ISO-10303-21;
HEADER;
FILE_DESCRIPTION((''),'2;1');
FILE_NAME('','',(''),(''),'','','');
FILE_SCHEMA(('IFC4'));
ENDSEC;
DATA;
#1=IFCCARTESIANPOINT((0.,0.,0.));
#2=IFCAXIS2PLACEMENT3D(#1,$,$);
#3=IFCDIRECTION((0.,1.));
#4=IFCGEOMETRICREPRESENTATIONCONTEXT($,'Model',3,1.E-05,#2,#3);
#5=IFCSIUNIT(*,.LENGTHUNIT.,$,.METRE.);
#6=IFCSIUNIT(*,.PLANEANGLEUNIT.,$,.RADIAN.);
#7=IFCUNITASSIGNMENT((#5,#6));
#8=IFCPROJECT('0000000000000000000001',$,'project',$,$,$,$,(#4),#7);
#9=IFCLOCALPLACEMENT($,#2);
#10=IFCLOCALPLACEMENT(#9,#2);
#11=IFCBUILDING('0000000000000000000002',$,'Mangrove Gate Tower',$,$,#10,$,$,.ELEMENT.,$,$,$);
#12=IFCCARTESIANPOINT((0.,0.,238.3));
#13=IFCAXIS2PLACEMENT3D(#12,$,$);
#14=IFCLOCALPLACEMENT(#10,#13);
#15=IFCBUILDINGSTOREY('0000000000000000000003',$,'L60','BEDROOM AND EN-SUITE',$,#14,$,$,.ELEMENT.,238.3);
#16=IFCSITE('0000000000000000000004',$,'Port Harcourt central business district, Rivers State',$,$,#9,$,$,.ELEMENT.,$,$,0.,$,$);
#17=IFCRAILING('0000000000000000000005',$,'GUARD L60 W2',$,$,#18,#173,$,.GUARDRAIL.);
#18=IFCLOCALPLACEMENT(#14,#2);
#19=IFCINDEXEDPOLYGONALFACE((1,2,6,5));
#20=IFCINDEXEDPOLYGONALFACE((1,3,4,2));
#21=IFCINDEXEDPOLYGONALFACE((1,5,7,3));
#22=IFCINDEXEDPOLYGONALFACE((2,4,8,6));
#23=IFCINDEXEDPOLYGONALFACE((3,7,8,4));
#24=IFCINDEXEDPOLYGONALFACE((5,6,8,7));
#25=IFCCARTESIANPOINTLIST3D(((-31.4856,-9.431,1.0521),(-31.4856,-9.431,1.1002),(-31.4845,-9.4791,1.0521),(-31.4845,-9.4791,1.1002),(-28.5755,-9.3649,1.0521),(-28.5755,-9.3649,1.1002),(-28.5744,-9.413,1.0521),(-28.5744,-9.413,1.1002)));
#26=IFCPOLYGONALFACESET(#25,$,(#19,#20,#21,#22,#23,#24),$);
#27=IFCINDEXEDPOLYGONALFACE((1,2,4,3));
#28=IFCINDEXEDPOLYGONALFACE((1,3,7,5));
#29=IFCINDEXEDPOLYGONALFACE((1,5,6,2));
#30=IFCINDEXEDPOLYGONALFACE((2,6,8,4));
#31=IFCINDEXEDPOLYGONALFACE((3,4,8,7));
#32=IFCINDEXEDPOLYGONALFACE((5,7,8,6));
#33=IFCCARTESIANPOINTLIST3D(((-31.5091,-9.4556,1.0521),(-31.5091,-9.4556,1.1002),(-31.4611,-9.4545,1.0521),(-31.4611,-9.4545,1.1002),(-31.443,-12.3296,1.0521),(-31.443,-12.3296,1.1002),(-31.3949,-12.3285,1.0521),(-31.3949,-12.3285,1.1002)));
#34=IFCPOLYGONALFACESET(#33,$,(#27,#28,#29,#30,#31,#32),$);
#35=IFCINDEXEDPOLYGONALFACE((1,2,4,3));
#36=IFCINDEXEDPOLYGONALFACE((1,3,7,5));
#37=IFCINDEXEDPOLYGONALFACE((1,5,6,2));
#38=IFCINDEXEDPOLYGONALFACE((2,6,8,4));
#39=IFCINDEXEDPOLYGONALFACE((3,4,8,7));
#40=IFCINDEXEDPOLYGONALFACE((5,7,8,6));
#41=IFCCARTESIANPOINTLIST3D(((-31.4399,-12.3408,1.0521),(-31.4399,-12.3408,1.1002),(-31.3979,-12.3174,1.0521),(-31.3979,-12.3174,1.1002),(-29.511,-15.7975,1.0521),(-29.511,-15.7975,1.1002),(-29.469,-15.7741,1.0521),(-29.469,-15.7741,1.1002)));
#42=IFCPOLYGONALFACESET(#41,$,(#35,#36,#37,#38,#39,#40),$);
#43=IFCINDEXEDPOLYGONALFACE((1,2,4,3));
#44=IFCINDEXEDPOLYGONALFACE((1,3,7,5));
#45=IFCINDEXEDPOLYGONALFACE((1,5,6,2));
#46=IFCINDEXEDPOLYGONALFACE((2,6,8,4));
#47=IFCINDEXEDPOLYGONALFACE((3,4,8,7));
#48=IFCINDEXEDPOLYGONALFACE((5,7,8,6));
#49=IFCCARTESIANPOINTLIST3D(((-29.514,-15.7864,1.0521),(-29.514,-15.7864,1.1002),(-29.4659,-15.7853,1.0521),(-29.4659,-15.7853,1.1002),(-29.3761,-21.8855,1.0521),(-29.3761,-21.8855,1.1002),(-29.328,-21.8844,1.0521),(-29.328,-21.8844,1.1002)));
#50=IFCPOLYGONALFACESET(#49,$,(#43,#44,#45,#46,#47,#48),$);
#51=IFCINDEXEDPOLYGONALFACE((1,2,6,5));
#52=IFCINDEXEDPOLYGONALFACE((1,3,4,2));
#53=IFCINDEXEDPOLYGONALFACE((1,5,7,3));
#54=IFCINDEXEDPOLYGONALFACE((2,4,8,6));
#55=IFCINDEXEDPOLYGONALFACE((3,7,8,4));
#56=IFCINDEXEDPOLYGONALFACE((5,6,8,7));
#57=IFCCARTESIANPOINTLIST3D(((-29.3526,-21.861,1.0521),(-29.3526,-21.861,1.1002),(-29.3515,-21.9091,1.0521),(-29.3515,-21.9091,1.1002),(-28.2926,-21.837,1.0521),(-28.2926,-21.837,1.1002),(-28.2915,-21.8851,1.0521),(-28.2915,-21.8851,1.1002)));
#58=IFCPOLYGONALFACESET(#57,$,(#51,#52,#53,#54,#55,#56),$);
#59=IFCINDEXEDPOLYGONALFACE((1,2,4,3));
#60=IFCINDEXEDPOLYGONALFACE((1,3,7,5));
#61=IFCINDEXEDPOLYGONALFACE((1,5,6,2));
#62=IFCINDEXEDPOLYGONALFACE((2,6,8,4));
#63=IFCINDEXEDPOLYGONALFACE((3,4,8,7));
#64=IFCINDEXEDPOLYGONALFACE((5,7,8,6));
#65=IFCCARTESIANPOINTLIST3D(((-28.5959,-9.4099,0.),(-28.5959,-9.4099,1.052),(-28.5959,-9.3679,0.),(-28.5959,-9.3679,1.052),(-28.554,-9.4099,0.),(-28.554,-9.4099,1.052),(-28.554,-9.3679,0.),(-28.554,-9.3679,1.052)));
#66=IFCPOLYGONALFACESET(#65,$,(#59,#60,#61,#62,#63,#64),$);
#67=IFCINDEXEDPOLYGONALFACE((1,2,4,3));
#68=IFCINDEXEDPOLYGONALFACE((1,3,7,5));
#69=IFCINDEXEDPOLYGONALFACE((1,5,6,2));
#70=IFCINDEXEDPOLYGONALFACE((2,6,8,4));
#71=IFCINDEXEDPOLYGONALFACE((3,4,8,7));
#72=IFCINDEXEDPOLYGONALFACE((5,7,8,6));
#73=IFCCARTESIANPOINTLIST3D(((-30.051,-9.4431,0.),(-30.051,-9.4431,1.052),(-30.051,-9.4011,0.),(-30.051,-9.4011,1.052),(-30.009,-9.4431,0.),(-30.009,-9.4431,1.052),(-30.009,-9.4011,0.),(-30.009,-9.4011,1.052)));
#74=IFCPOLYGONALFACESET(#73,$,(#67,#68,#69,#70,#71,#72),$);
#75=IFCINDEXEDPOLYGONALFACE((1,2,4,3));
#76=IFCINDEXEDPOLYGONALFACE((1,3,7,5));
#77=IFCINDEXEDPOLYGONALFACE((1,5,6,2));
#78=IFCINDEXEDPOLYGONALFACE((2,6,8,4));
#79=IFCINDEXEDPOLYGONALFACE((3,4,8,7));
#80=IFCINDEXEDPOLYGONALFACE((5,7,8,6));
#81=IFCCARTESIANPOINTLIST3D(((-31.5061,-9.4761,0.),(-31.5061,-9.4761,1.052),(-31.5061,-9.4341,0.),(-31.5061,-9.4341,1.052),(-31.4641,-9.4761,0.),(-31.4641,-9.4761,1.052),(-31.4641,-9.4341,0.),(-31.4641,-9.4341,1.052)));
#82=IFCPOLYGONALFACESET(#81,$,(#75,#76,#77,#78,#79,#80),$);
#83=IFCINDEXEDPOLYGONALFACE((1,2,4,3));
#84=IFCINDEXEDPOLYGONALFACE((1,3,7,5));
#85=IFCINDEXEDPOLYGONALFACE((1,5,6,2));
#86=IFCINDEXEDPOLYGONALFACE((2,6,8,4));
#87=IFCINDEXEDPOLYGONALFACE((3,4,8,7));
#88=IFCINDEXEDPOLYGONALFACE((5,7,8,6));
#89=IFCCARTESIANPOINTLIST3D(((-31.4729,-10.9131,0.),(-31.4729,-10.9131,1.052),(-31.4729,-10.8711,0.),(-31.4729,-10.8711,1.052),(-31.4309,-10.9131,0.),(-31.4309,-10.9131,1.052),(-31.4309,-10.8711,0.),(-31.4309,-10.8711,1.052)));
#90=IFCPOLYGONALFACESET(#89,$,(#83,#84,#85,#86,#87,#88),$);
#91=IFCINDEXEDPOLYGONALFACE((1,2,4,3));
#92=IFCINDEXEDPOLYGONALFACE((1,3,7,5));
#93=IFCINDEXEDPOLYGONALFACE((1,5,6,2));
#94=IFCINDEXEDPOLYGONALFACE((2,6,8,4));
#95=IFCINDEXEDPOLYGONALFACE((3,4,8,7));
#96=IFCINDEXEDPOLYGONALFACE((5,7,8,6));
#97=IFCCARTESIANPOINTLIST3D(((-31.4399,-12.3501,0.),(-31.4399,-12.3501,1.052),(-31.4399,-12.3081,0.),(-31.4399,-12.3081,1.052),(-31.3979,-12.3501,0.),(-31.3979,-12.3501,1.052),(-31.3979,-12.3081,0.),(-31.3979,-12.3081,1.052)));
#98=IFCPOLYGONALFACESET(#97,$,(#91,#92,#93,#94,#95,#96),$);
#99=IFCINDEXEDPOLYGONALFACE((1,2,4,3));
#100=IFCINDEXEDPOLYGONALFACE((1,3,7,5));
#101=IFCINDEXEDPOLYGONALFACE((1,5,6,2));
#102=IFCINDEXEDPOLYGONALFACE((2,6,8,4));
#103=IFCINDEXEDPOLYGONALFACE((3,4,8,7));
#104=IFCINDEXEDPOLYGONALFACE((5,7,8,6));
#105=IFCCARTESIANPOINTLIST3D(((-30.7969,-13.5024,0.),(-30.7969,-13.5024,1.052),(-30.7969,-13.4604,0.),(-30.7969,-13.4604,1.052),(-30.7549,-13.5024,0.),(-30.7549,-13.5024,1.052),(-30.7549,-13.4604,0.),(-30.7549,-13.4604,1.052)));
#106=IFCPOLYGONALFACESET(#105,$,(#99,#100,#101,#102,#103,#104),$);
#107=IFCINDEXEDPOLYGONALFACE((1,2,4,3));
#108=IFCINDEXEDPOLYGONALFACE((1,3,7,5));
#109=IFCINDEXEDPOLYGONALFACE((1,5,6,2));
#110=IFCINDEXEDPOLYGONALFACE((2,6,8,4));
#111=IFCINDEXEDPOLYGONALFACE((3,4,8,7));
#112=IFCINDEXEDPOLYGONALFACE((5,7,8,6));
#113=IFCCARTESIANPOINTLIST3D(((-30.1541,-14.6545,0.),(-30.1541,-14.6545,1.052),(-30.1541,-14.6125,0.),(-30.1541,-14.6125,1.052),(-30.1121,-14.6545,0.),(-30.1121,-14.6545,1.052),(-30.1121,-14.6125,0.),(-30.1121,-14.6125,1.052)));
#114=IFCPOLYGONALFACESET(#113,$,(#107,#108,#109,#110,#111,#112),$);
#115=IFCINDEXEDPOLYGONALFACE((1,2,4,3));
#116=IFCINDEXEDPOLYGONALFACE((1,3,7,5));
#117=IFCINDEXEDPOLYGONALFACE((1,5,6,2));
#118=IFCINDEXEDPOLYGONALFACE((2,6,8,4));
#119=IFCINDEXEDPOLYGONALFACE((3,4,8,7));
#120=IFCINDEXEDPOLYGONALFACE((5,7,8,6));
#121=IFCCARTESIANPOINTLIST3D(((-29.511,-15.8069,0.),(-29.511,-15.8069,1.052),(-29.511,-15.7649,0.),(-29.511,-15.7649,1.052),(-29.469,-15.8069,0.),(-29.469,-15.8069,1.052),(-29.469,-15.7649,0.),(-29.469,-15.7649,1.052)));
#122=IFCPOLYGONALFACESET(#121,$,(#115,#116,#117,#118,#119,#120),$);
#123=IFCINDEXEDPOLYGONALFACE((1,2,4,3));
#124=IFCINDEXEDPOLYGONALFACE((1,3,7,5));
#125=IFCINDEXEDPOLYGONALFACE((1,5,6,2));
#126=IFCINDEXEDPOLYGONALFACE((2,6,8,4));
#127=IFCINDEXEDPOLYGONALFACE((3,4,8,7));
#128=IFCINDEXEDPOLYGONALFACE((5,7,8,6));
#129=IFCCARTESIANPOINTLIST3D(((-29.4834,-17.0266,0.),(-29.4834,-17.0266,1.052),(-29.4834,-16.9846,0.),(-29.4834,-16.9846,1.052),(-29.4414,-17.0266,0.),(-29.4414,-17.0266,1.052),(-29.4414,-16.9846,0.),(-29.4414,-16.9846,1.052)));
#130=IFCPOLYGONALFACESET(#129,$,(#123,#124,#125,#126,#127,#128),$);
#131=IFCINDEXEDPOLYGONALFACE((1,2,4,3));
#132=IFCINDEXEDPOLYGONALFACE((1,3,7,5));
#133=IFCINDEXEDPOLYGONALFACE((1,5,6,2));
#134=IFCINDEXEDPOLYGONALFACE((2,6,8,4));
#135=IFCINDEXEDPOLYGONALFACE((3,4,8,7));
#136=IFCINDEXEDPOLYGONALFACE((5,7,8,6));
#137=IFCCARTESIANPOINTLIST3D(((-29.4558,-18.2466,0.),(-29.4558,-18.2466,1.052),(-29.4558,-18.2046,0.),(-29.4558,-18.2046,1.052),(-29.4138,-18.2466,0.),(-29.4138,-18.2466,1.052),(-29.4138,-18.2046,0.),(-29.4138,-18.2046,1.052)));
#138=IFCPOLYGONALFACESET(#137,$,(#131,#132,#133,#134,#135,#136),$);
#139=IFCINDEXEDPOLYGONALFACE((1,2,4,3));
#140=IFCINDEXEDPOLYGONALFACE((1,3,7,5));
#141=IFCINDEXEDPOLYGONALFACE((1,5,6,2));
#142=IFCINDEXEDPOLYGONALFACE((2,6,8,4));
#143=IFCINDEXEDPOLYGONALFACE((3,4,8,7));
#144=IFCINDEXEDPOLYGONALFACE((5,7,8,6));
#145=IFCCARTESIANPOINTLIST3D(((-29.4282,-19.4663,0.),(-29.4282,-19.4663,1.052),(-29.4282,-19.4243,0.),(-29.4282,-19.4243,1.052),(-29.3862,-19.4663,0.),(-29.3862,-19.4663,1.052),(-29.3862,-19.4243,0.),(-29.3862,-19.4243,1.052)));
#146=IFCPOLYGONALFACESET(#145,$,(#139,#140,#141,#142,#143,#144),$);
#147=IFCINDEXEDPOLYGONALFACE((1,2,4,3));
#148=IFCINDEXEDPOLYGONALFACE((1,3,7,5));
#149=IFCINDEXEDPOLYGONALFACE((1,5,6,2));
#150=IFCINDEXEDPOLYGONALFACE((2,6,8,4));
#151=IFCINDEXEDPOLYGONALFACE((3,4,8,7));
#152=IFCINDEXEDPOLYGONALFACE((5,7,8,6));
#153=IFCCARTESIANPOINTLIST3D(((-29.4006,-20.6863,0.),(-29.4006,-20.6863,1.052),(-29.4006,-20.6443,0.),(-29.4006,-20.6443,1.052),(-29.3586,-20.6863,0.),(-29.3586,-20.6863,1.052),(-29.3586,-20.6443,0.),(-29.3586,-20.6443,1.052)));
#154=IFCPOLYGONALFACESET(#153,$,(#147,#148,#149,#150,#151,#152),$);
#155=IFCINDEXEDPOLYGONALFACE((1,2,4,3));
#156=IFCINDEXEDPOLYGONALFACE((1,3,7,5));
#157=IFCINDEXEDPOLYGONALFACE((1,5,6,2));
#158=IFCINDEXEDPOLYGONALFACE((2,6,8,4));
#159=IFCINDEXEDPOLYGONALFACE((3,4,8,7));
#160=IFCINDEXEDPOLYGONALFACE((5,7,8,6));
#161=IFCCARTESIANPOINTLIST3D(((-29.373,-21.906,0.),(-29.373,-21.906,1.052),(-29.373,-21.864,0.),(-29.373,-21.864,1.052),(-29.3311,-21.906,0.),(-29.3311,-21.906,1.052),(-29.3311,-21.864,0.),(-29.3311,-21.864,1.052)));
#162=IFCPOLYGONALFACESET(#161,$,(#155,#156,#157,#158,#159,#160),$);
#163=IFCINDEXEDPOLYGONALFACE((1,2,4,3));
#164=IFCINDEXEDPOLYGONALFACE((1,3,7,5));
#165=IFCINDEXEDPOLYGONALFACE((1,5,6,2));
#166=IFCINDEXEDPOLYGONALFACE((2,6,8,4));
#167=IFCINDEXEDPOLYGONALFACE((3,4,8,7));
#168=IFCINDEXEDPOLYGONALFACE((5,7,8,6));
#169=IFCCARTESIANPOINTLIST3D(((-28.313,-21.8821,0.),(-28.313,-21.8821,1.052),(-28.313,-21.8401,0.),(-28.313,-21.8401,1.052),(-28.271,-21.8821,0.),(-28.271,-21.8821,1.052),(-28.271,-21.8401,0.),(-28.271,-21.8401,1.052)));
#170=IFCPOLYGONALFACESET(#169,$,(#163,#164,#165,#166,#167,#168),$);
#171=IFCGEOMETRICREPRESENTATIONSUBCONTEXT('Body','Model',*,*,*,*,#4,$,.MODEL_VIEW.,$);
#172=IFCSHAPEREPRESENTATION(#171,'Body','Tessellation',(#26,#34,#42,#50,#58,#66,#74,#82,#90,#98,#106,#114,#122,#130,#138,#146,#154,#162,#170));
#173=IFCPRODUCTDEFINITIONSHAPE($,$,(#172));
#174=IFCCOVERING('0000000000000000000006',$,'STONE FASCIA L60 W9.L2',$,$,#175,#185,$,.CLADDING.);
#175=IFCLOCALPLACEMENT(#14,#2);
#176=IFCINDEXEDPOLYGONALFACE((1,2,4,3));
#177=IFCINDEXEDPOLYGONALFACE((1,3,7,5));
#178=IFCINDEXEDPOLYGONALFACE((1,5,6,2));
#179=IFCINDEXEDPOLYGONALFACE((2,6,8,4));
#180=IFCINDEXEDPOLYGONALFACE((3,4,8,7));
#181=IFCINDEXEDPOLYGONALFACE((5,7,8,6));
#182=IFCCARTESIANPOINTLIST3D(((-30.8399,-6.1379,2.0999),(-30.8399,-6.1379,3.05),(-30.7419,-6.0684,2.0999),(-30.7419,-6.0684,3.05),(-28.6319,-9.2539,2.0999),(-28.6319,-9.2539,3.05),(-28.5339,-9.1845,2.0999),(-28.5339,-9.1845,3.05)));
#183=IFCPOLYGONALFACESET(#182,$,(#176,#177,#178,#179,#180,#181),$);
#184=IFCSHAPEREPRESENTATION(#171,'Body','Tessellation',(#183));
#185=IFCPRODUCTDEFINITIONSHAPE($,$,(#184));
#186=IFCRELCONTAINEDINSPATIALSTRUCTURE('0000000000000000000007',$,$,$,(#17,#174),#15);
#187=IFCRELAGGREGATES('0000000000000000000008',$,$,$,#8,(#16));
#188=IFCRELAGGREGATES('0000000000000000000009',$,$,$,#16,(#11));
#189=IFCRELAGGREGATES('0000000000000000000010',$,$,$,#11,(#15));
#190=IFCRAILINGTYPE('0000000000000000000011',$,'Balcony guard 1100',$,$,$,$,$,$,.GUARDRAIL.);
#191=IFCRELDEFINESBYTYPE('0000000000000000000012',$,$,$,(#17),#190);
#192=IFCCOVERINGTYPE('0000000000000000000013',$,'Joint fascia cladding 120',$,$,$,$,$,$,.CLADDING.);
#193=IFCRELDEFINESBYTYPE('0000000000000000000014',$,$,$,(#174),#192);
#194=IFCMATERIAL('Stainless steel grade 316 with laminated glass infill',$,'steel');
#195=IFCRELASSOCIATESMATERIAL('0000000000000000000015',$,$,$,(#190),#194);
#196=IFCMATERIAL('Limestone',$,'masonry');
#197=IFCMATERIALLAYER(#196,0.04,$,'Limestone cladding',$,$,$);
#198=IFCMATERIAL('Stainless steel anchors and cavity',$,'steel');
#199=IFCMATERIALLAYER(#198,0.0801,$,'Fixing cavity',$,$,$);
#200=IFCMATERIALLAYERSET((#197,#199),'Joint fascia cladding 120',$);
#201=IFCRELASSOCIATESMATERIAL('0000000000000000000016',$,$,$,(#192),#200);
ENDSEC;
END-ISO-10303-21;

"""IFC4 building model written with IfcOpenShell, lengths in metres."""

from ifc_helpers import new_model, si_unit, direction, frame, frame_2d, origin, origin_2d, place, context, subcontext, project, spatial, rectangle, extrude, material, layer, layer_set, type_object, element, save


model = new_model("IFC4")

# Units and contexts
model_context = context("Model", 3, precision=1e-05, world=origin(), true_north=direction((0.0, 1.0)))
body_context = subcontext(model_context, "Body", "Model", "MODEL_VIEW")
ifc_project = project(units=[si_unit("LENGTHUNIT", "METRE"), si_unit("PLANEANGLEUNIT", "RADIAN")], contexts=[model_context])

# Site, building, storey
site_placement = place(None, origin())
site = spatial("IfcSite", under=ifc_project, at=site_placement, Name="Port Harcourt central business district, Rivers State", CompositionType="ELEMENT", RefElevation=0.0)
building_placement = place(site_placement, origin())
building = spatial("IfcBuilding", under=site, at=building_placement, Name="Mangrove Gate Tower", CompositionType="ELEMENT")
storey_placement = place(building_placement, frame((0.0, 0.0, 238.3)))
storey = spatial("IfcBuildingStorey", under=building, at=storey_placement, Name="L60", Description="BEDROOM AND EN-SUITE", CompositionType="ELEMENT", Elevation=238.3)

# Shared definitions
ifc_material_1 = material(Name="Limestone", Category="masonry")

# Railing
ifc_material_2 = material(Name="Stainless steel grade 316 with laminated glass infill", Category="steel")
railing_type = type_object("IfcRailingType", Name="Balcony guard 1100", PredefinedType="GUARDRAIL", material=ifc_material_2)
railing_placement = place(storey_placement, frame((-28.575, -9.3889, 0.0)))
element("IfcRailing", 1, at=railing_placement, inside=storey, type_object=railing_type, Name="GUARD L60 W2", PredefinedType="GUARDRAIL", context=body_context, shape_type="SweptSolid", body=[
    extrude(rectangle(XDim=0.0481, YDim=0.0481, at=origin_2d()), frame((0.0, 0.0, 1.0762), z_axis=(-0.999742, -0.022729, 0.0), x_axis=(0.022729, -0.999742, 0.0)), (0.0, 0.0, 1.0), 2.9109),
    extrude(rectangle(XDim=0.0481, YDim=0.0481, at=origin_2d()), frame((-2.9102, -0.0662, 1.0762), z_axis=(0.023015, -0.999735, 0.0), x_axis=(0.999735, 0.023015, 0.0)), (0.0, 0.0, 1.0), 2.8748),
    extrude(rectangle(XDim=0.0481, YDim=0.0481, at=origin_2d()), frame((-2.844, -2.9402, 1.0762), z_axis=(0.487286, -0.873242, 0.0), x_axis=(0.873242, 0.487286, 0.0)), (0.0, 0.0, 1.0), 3.9585),
    extrude(rectangle(XDim=0.0481, YDim=0.0481, at=origin_2d()), frame((-0.915, -6.397, 1.0762), z_axis=(0.022611, -0.999744, 0.0), x_axis=(0.999744, 0.022611, 0.0)), (0.0, 0.0, 1.0), 6.1006),
    extrude(rectangle(XDim=0.0481, YDim=0.0481, at=origin_2d()), frame((-0.7771, -12.4961, 1.0762), z_axis=(0.999745, 0.022564, 0.0), x_axis=(-0.022564, 0.999745, 0.0)), (0.0, 0.0, 1.0), 1.0603),
    extrude(rectangle(XDim=0.042, YDim=0.042, at=origin_2d()), origin(), (0.0, 0.0, 1.0), 1.052),
    extrude(rectangle(XDim=0.042, YDim=0.042, at=origin_2d()), frame((-1.4551, -0.0332, 0.0)), (0.0, 0.0, 1.0), 1.052),
    extrude(rectangle(XDim=0.042, YDim=0.042, at=origin_2d()), frame((-2.9102, -0.0662, 0.0)), (0.0, 0.0, 1.0), 1.052),
    extrude(rectangle(XDim=0.042, YDim=0.042, at=origin_2d()), frame((-2.877, -1.5032, 0.0)), (0.0, 0.0, 1.0), 1.052),
    extrude(rectangle(XDim=0.042, YDim=0.042, at=origin_2d()), frame((-2.844, -2.9402, 0.0)), (0.0, 0.0, 1.0), 1.052),
    extrude(rectangle(XDim=0.042, YDim=0.042, at=origin_2d()), frame((-2.2009, -4.0925, 0.0)), (0.0, 0.0, 1.0), 1.052),
    extrude(rectangle(XDim=0.042, YDim=0.042, at=origin_2d()), frame((-1.5581, -5.2446, 0.0)), (0.0, 0.0, 1.0), 1.052),
    extrude(rectangle(XDim=0.042, YDim=0.042, at=origin_2d()), frame((-0.915, -6.397, 0.0)), (0.0, 0.0, 1.0), 1.052),
    extrude(rectangle(XDim=0.042, YDim=0.042, at=origin_2d()), frame((-0.8875, -7.6167, 0.0)), (0.0, 0.0, 1.0), 1.052),
    extrude(rectangle(XDim=0.042, YDim=0.042, at=origin_2d()), frame((-0.8599, -8.8367, 0.0)), (0.0, 0.0, 1.0), 1.052),
    extrude(rectangle(XDim=0.042, YDim=0.042, at=origin_2d()), frame((-0.8323, -10.0564, 0.0)), (0.0, 0.0, 1.0), 1.052),
    extrude(rectangle(XDim=0.042, YDim=0.042, at=origin_2d()), frame((-0.8047, -11.2764, 0.0)), (0.0, 0.0, 1.0), 1.052),
    extrude(rectangle(XDim=0.042, YDim=0.042, at=origin_2d()), frame((-0.7771, -12.4961, 0.0)), (0.0, 0.0, 1.0), 1.052),
    extrude(rectangle(XDim=0.042, YDim=0.042, at=origin_2d()), frame((0.283, -12.4722, 0.0)), (0.0, 0.0, 1.0), 1.052),
])

# Covering
ifc_layer_1 = layer(ifc_material_1, 0.04, Name="Limestone cladding")
ifc_material_3 = material(Name="Stainless steel anchors and cavity", Category="steel")
ifc_layer_2 = layer(ifc_material_3, 0.0801, Name="Fixing cavity")
ifc_layer_set_1 = layer_set([ifc_layer_1, ifc_layer_2], Name="Joint fascia cladding 120")
covering_type = type_object("IfcCoveringType", Name="Joint fascia cladding 120", PredefinedType="CLADDING", material=ifc_layer_set_1)
covering_placement = place(storey_placement, frame((-30.791, -6.103, 2.0999), z_axis=(0.0, 0.0, 1.0), x_axis=(0.578168, -0.815918, 0.0)))
element("IfcCovering", 2, at=covering_placement, inside=storey, type_object=covering_type, Name="STONE FASCIA L60 W9.L2", PredefinedType="CLADDING", context=body_context, shape_type="SweptSolid", body=[
    extrude(rectangle(XDim=3.8191, YDim=0.1201, at=frame_2d((1.9097, 0.0))), origin(), (0.0, 0.0, 1.0), 0.9502),
])

save(model, "model.ifc")
